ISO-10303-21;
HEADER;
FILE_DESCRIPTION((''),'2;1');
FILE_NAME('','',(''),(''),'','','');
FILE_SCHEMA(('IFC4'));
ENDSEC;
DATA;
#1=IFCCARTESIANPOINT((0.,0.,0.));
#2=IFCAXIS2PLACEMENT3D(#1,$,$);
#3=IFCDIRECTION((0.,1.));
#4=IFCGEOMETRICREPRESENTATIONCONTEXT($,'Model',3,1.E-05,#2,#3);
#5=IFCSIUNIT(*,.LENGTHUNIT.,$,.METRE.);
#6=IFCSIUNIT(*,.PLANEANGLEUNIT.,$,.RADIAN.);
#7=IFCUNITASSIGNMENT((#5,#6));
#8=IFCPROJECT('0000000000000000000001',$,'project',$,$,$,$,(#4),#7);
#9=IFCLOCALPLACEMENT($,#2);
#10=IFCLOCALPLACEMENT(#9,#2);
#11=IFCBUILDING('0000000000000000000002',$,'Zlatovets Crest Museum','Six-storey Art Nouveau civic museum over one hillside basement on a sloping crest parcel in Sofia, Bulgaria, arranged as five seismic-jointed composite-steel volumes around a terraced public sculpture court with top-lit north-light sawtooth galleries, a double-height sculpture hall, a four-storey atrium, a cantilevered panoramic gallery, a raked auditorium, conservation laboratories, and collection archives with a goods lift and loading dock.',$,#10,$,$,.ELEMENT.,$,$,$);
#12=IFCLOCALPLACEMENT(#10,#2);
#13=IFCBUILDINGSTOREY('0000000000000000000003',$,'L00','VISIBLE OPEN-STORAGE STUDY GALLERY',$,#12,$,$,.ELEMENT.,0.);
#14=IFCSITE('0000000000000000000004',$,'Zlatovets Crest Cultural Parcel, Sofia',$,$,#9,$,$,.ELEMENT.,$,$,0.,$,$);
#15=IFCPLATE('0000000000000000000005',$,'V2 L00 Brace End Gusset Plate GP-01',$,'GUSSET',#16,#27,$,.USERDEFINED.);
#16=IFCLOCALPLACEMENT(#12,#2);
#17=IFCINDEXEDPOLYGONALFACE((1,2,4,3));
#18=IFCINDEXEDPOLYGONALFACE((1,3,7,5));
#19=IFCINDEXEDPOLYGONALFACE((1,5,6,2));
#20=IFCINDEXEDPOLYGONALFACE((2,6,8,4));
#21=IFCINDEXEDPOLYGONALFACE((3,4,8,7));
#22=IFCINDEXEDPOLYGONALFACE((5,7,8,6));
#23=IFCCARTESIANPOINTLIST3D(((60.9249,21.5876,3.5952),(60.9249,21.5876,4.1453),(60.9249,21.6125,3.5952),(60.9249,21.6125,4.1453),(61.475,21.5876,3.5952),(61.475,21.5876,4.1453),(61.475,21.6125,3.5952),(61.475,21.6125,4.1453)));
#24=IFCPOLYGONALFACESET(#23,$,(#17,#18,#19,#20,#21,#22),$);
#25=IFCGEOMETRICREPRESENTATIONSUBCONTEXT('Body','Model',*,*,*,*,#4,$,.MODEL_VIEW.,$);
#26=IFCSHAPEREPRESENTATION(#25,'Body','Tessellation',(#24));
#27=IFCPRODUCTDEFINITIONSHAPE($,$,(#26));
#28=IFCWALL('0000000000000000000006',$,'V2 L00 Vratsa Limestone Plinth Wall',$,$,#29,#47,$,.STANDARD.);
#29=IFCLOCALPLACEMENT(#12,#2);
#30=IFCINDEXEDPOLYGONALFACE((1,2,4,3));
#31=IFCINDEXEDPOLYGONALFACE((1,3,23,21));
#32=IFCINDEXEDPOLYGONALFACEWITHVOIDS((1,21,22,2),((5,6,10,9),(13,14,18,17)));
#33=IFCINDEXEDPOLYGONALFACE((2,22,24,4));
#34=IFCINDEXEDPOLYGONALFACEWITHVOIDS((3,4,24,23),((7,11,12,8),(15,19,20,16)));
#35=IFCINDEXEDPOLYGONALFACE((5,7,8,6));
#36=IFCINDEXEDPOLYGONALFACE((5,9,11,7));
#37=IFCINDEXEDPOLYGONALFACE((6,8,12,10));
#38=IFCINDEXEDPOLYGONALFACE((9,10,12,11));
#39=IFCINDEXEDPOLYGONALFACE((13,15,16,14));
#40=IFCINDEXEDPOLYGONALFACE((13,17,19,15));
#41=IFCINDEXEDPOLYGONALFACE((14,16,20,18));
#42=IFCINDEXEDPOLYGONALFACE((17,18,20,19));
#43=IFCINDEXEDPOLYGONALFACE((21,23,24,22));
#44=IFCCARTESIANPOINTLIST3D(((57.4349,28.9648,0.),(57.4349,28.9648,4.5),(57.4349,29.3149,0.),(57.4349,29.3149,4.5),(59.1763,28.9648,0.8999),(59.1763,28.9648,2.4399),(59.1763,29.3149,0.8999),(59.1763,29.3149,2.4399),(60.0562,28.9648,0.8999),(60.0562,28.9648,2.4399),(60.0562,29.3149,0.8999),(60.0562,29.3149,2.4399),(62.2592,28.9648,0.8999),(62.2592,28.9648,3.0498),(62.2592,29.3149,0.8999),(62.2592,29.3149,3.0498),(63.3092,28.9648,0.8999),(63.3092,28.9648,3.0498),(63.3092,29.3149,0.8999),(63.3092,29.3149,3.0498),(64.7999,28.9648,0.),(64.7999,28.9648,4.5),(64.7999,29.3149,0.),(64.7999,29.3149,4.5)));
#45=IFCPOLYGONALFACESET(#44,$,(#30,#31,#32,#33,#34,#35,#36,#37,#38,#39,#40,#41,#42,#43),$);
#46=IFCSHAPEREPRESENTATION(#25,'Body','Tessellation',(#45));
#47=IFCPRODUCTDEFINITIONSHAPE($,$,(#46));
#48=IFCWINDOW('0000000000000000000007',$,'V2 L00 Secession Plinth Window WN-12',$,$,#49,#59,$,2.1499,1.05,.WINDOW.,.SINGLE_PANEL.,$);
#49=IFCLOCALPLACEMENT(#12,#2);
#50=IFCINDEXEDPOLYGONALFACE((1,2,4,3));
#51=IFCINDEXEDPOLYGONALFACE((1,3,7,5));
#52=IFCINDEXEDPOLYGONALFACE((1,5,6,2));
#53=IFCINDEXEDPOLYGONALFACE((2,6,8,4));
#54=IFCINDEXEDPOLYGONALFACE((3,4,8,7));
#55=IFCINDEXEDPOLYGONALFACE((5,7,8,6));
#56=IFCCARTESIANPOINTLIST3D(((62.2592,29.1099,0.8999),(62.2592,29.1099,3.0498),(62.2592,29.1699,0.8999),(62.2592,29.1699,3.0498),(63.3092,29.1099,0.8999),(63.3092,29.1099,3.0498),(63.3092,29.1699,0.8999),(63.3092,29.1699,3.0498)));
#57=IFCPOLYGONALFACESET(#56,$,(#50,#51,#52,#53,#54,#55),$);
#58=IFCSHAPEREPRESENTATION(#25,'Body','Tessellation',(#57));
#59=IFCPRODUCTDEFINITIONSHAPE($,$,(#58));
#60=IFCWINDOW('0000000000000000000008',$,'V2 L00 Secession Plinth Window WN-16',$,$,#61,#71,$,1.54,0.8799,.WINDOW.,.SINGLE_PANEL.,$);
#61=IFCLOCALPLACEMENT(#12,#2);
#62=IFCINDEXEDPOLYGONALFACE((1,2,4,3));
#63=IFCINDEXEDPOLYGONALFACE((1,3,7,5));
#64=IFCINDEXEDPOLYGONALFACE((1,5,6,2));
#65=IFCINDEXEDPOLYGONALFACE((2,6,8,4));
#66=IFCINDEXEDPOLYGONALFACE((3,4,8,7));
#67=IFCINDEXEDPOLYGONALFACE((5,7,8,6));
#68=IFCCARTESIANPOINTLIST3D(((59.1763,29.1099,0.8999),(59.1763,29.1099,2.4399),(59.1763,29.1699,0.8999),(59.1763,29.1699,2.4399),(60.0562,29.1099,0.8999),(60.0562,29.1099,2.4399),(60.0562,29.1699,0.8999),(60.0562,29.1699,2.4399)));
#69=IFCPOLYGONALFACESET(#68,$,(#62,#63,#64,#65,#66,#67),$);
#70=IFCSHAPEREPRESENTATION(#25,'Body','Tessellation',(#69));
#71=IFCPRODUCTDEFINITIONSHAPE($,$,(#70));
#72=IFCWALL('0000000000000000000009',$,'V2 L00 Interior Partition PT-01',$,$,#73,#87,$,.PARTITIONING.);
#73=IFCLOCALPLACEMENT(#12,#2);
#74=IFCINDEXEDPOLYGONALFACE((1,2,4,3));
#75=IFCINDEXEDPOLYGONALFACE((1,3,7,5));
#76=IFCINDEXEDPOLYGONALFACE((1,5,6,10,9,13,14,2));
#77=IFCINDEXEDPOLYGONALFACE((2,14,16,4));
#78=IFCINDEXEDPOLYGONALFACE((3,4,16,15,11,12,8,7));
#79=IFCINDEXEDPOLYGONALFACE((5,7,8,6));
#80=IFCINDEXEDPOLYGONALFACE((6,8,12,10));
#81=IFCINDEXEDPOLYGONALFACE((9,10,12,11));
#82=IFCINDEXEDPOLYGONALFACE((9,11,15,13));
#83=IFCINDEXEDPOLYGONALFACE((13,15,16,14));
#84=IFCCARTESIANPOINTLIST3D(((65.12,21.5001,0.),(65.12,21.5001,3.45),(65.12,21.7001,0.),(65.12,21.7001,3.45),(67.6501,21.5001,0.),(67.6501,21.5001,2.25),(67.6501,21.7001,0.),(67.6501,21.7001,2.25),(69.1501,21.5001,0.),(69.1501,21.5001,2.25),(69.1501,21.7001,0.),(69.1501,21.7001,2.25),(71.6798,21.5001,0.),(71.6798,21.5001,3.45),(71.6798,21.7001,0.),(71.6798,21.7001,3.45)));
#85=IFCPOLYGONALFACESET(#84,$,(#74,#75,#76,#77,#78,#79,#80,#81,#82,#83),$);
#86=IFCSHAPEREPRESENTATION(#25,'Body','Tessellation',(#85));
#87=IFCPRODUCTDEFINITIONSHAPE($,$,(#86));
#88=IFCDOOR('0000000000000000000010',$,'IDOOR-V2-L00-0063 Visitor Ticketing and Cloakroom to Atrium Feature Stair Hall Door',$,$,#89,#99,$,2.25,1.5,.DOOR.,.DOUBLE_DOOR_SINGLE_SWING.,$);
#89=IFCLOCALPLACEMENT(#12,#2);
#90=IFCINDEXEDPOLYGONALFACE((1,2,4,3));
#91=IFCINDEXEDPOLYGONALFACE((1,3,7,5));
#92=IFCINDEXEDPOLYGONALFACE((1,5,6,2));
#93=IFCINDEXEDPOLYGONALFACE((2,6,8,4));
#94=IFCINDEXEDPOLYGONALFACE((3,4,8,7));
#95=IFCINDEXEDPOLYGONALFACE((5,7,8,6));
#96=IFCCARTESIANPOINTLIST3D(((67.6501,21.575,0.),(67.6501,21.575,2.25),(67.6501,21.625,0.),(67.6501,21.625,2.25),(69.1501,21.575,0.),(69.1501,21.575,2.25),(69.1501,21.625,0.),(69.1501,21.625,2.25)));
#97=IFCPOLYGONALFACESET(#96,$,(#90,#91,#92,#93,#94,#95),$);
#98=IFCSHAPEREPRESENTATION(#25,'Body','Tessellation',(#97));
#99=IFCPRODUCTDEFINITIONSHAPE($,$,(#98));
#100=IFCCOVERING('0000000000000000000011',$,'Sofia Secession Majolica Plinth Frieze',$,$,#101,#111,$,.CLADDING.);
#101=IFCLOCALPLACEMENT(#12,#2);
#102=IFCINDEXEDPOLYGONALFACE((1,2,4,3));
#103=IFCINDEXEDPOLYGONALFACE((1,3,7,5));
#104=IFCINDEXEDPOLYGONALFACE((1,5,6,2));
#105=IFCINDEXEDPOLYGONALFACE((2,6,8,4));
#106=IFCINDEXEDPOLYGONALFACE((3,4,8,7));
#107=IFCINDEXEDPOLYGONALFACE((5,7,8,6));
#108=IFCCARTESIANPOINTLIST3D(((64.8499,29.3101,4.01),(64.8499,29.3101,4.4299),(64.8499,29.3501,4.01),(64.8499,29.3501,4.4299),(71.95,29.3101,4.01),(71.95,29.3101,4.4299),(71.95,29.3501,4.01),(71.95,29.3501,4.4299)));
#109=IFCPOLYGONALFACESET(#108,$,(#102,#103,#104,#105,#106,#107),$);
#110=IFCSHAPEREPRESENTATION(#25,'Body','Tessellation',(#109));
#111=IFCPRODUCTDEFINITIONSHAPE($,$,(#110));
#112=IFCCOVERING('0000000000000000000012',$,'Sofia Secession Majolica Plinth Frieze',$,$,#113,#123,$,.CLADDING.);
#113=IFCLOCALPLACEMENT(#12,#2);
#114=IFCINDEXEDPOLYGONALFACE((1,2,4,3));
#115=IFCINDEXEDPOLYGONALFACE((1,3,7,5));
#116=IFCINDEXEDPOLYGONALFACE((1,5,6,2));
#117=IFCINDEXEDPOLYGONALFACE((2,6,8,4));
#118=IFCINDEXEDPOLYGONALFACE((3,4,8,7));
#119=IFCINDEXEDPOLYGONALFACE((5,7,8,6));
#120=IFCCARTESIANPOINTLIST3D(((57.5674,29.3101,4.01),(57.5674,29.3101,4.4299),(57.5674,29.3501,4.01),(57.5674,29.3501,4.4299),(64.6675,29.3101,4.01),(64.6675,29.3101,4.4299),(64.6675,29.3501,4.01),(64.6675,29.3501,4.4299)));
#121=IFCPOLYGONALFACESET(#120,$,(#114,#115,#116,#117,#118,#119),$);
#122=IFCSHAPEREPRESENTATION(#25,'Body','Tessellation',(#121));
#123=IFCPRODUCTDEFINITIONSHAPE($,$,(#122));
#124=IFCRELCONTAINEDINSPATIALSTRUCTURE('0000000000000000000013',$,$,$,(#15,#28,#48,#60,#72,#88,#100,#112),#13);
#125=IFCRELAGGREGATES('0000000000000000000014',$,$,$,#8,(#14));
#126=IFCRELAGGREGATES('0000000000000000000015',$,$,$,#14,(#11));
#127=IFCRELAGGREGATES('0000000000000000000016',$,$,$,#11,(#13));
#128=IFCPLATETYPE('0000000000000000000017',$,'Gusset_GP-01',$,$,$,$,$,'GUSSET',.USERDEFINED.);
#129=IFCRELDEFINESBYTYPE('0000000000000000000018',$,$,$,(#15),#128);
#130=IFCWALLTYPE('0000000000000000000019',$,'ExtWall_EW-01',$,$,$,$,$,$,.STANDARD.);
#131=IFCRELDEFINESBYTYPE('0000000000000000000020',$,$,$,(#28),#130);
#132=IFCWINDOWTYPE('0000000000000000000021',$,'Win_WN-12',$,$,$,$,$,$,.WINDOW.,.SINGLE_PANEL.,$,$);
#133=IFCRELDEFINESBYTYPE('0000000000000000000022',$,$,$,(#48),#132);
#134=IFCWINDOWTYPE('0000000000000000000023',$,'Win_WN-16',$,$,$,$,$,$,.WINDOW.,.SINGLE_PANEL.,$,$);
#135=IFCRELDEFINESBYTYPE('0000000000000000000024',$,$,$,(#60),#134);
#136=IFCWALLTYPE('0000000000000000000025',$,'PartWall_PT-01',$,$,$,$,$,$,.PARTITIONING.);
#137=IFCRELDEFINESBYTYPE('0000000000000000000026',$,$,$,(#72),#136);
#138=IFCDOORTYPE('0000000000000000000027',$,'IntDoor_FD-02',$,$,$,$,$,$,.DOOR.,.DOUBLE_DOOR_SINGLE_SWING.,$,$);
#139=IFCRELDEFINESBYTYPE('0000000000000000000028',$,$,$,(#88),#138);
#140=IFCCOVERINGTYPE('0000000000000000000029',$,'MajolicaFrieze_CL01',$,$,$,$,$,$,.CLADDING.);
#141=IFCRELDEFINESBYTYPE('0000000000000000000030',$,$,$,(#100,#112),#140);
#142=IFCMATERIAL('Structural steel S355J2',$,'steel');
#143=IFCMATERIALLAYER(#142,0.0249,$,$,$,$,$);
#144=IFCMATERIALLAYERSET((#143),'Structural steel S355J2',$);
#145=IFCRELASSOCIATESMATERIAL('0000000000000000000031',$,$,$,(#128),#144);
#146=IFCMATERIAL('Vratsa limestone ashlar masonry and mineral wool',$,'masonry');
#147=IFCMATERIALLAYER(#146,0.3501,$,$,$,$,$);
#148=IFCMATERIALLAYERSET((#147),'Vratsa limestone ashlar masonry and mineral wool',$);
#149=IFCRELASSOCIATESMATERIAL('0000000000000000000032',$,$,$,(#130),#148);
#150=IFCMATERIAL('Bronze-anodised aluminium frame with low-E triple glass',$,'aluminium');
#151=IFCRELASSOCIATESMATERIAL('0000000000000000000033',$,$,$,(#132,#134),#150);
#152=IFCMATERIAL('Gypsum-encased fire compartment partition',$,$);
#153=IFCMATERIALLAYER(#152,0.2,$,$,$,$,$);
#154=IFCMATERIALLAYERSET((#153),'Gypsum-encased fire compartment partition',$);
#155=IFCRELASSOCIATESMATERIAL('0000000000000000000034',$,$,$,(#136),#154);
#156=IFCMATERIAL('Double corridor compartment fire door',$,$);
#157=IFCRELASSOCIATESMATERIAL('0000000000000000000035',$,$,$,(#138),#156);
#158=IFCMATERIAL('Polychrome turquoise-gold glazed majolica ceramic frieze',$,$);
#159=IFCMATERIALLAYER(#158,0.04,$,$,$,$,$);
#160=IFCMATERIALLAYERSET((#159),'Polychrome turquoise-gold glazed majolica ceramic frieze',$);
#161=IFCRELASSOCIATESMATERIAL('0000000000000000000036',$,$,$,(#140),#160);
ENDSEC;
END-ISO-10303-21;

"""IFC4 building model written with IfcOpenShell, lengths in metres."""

from ifc_helpers import new_model, si_unit, direction, frame, frame_2d, origin, origin_2d, place, context, subcontext, project, spatial, rectangle, extrude, material, layer, layer_set, type_object, element, fill, save


model = new_model("IFC4")

# Units and contexts
model_context = context("Model", 3, precision=1e-05, world=origin(), true_north=direction((0.0, 1.0)))
body_context = subcontext(model_context, "Body", "Model", "MODEL_VIEW")
ifc_project = project(units=[si_unit("LENGTHUNIT", "METRE"), si_unit("PLANEANGLEUNIT", "RADIAN")], contexts=[model_context])

# Site, building, storey
site_placement = place(None, origin())
site = spatial("IfcSite", under=ifc_project, at=site_placement, Name="Zlatovets Crest Cultural Parcel, Sofia", CompositionType="ELEMENT", RefElevation=0.0)
building_placement = place(site_placement, origin())
building = spatial("IfcBuilding", under=site, at=building_placement, Name="Zlatovets Crest Museum", Description="Six-storey Art Nouveau civic museum over one hillside basement on a sloping crest parcel in Sofia, Bulgaria, arranged as five seismic-jointed composite-steel volumes around a terraced public sculpture court with top-lit north-light sawtooth galleries, a double-height sculpture hall, a four-storey atrium, a cantilevered panoramic gallery, a raked auditorium, conservation laboratories, and collection archives with a goods lift and loading dock.", CompositionType="ELEMENT")
storey_placement = place(building_placement, origin())
storey = spatial("IfcBuildingStorey", under=building, at=storey_placement, Name="L00", Description="VISIBLE OPEN-STORAGE STUDY GALLERY", CompositionType="ELEMENT", Elevation=0.0)

# Shared definitions
ifc_material_1 = material(Name="Structural steel S355J2", Category="steel")

# Plate
ifc_layer_1 = layer(ifc_material_1, 0.0249)
ifc_layer_set_1 = layer_set([ifc_layer_1], Name="Structural steel S355J2")
plate_type = type_object("IfcPlateType", Name="Gusset_GP-01", ElementType="GUSSET", PredefinedType="USERDEFINED", material=ifc_layer_set_1)
for number, where, z_axis, x_axis, name in (
    (1, (61.2, 21.6001, 3.5952), (0.0, 0.0, 1.0), (1.0, 0.0, 0.0), "V2 L00 Brace End Gusset Plate GP-01"),
):
    element("IfcPlate", number, at=place(storey_placement, frame(where, z_axis=z_axis, x_axis=x_axis)), inside=storey, type_object=plate_type, Name=name, ObjectType="GUSSET", PredefinedType="USERDEFINED", context=body_context, shape_type="SweptSolid", body=[
        extrude(rectangle(XDim=0.55, YDim=0.0249, at=origin_2d()), origin(), (0.0, 0.0, 1.0), 0.55),
    ])

# Wall, openings, windows
ifc_material_2 = material(Name="Vratsa limestone ashlar masonry and mineral wool", Category="masonry")
ifc_layer_2 = layer(ifc_material_2, 0.3501)
ifc_layer_set_2 = layer_set([ifc_layer_2], Name="Vratsa limestone ashlar masonry and mineral wool")
wall_type_1 = type_object("IfcWallType", Name="ExtWall_EW-01", PredefinedType="STANDARD", material=ifc_layer_set_2)
wall_1_placement = place(storey_placement, frame((64.8, 29.1399, 0.0), z_axis=(0.0, 0.0, 1.0), x_axis=(-1.0, 0.0, 0.0)))
wall_1 = element("IfcWall", 2, at=wall_1_placement, inside=storey, type_object=wall_type_1, Name="V2 L00 Vratsa Limestone Plinth Wall", PredefinedType="STANDARD", context=body_context, shape_type="SweptSolid", body=[
    extrude(rectangle(XDim=7.365, YDim=0.3501, at=frame_2d((3.6826, 0.0))), origin(), (0.0, 0.0, 1.0), 4.5),
])
opening_1_placement = place(wall_1_placement, frame((1.491, 0.0, 0.8999)))
opening_1 = element("IfcOpeningElement", 3, at=opening_1_placement, cuts=wall_1, PredefinedType="OPENING", context=body_context, shape_type="SweptSolid", body=[
    extrude(rectangle(XDim=1.05, YDim=2.1499, at=frame_2d((0.5249, 1.075))), frame((0.0, 0.1851, 0.0), z_axis=(0.0, -1.0, 0.0), x_axis=(1.0, 0.0, 0.0)), (0.0, 0.0, 1.0), 0.3701),
])
opening_2_placement = place(wall_1_placement, frame((4.7439, 0.0, 0.8999)))
opening_2 = element("IfcOpeningElement", 4, at=opening_2_placement, cuts=wall_1, PredefinedType="OPENING", context=body_context, shape_type="SweptSolid", body=[
    extrude(rectangle(XDim=0.8799, YDim=1.54, at=frame_2d((0.4399, 0.77))), frame((0.0, 0.1851, 0.0), z_axis=(0.0, -1.0, 0.0), x_axis=(1.0, 0.0, 0.0)), (0.0, 0.0, 1.0), 0.3701),
])
ifc_material_3 = material(Name="Bronze-anodised aluminium frame with low-E triple glass", Category="aluminium")
window_type_1 = type_object("IfcWindowType", Name="Win_WN-12", PartitioningType="SINGLE_PANEL", PredefinedType="WINDOW", material=ifc_material_3)
window_1_placement = place(opening_1_placement, origin())
window_1 = element("IfcWindow", 5, at=window_1_placement, inside=storey, type_object=window_type_1, Name="V2 L00 Secession Plinth Window WN-12", OverallHeight=2.1499, OverallWidth=1.05, PartitioningType="SINGLE_PANEL", PredefinedType="WINDOW", context=body_context, shape_type="SweptSolid", body=[
    extrude(rectangle(XDim=1.05, YDim=2.1499, at=frame_2d((0.5249, 1.075))), frame((0.0, 0.03, 0.0), z_axis=(0.0, -1.0, 0.0), x_axis=(1.0, 0.0, 0.0)), (0.0, 0.0, 1.0), 0.0601),
])
fill(opening_1, window_1)
window_type_2 = type_object("IfcWindowType", Name="Win_WN-16", PartitioningType="SINGLE_PANEL", PredefinedType="WINDOW", material=ifc_material_3)
window_2_placement = place(opening_2_placement, origin())
window_2 = element("IfcWindow", 6, at=window_2_placement, inside=storey, type_object=window_type_2, Name="V2 L00 Secession Plinth Window WN-16", OverallHeight=1.54, OverallWidth=0.8799, PartitioningType="SINGLE_PANEL", PredefinedType="WINDOW", context=body_context, shape_type="SweptSolid", body=[
    extrude(rectangle(XDim=0.8799, YDim=1.54, at=frame_2d((0.4399, 0.77))), frame((0.0, 0.03, 0.0), z_axis=(0.0, -1.0, 0.0), x_axis=(1.0, 0.0, 0.0)), (0.0, 0.0, 1.0), 0.0601),
])
fill(opening_2, window_2)

# Wall, opening, door
ifc_material_4 = material(Name="Gypsum-encased fire compartment partition")
ifc_layer_3 = layer(ifc_material_4, 0.2)
ifc_layer_set_3 = layer_set([ifc_layer_3], Name="Gypsum-encased fire compartment partition")
wall_type_2 = type_object("IfcWallType", Name="PartWall_PT-01", PredefinedType="PARTITIONING", material=ifc_layer_set_3)
wall_2_placement = place(storey_placement, frame((65.1201, 21.6001, 0.0), z_axis=(0.0, 0.0, 1.0), x_axis=(1.0, 0.0, 0.0)))
wall_2 = element("IfcWall", 7, at=wall_2_placement, inside=storey, type_object=wall_type_2, Name="V2 L00 Interior Partition PT-01", PredefinedType="PARTITIONING", context=body_context, shape_type="SweptSolid", body=[
    extrude(rectangle(XDim=6.5598, YDim=0.2, at=frame_2d((3.2798, 0.0))), origin(), (0.0, 0.0, 1.0), 3.45),
])
opening_3_placement = place(wall_2_placement, frame((2.53, 0.0, 0.0)))
opening_3 = element("IfcOpeningElement", 8, at=opening_3_placement, cuts=wall_2, PredefinedType="OPENING", context=body_context, shape_type="SweptSolid", body=[
    extrude(rectangle(XDim=1.5, YDim=2.25, at=frame_2d((0.75, 1.125))), frame((0.0, 0.1099, 0.0), z_axis=(0.0, -1.0, 0.0), x_axis=(1.0, 0.0, 0.0)), (0.0, 0.0, 1.0), 0.22),
])
ifc_material_5 = material(Name="Double corridor compartment fire door")
door_type = type_object("IfcDoorType", Name="IntDoor_FD-02", OperationType="DOUBLE_DOOR_SINGLE_SWING", PredefinedType="DOOR", material=ifc_material_5)
door_placement = place(opening_3_placement, origin())
door = element("IfcDoor", 9, at=door_placement, inside=storey, type_object=door_type, Name="IDOOR-V2-L00-0063 Visitor Ticketing and Cloakroom to Atrium Feature Stair Hall Door", OperationType="DOUBLE_DOOR_SINGLE_SWING", OverallHeight=2.25, OverallWidth=1.5, PredefinedType="DOOR", context=body_context, shape_type="SweptSolid", body=[
    extrude(rectangle(XDim=1.5, YDim=2.25, at=frame_2d((0.75, 1.125))), frame((0.0, 0.0249, 0.0), z_axis=(0.0, -1.0, 0.0), x_axis=(1.0, 0.0, 0.0)), (0.0, 0.0, 1.0), 0.05),
])
fill(opening_3, door)

# Coverings
ifc_material_6 = material(Name="Polychrome turquoise-gold glazed majolica ceramic frieze")
ifc_layer_4 = layer(ifc_material_6, 0.04)
ifc_layer_set_4 = layer_set([ifc_layer_4], Name="Polychrome turquoise-gold glazed majolica ceramic frieze")
covering_type = type_object("IfcCoveringType", Name="MajolicaFrieze_CL01", PredefinedType="CLADDING", material=ifc_layer_set_4)
for number, where, z_axis, x_axis, name in (
    (10, (68.3999, 29.3301, 4.01), (0.0, 0.0, 1.0), (1.0, 0.0, 0.0), "Sofia Secession Majolica Plinth Frieze"),
    (11, (61.1174, 29.3301, 4.01), (0.0, 0.0, 1.0), (1.0, 0.0, 0.0), "Sofia Secession Majolica Plinth Frieze"),
):
    element("IfcCovering", number, at=place(storey_placement, frame(where, z_axis=z_axis, x_axis=x_axis)), inside=storey, type_object=covering_type, Name=name, PredefinedType="CLADDING", context=body_context, shape_type="SweptSolid", body=[
        extrude(rectangle(XDim=7.1001, YDim=0.04, at=origin_2d()), origin(), (0.0, 0.0, 1.0), 0.4199),
    ])

save(model, "model.ifc")
